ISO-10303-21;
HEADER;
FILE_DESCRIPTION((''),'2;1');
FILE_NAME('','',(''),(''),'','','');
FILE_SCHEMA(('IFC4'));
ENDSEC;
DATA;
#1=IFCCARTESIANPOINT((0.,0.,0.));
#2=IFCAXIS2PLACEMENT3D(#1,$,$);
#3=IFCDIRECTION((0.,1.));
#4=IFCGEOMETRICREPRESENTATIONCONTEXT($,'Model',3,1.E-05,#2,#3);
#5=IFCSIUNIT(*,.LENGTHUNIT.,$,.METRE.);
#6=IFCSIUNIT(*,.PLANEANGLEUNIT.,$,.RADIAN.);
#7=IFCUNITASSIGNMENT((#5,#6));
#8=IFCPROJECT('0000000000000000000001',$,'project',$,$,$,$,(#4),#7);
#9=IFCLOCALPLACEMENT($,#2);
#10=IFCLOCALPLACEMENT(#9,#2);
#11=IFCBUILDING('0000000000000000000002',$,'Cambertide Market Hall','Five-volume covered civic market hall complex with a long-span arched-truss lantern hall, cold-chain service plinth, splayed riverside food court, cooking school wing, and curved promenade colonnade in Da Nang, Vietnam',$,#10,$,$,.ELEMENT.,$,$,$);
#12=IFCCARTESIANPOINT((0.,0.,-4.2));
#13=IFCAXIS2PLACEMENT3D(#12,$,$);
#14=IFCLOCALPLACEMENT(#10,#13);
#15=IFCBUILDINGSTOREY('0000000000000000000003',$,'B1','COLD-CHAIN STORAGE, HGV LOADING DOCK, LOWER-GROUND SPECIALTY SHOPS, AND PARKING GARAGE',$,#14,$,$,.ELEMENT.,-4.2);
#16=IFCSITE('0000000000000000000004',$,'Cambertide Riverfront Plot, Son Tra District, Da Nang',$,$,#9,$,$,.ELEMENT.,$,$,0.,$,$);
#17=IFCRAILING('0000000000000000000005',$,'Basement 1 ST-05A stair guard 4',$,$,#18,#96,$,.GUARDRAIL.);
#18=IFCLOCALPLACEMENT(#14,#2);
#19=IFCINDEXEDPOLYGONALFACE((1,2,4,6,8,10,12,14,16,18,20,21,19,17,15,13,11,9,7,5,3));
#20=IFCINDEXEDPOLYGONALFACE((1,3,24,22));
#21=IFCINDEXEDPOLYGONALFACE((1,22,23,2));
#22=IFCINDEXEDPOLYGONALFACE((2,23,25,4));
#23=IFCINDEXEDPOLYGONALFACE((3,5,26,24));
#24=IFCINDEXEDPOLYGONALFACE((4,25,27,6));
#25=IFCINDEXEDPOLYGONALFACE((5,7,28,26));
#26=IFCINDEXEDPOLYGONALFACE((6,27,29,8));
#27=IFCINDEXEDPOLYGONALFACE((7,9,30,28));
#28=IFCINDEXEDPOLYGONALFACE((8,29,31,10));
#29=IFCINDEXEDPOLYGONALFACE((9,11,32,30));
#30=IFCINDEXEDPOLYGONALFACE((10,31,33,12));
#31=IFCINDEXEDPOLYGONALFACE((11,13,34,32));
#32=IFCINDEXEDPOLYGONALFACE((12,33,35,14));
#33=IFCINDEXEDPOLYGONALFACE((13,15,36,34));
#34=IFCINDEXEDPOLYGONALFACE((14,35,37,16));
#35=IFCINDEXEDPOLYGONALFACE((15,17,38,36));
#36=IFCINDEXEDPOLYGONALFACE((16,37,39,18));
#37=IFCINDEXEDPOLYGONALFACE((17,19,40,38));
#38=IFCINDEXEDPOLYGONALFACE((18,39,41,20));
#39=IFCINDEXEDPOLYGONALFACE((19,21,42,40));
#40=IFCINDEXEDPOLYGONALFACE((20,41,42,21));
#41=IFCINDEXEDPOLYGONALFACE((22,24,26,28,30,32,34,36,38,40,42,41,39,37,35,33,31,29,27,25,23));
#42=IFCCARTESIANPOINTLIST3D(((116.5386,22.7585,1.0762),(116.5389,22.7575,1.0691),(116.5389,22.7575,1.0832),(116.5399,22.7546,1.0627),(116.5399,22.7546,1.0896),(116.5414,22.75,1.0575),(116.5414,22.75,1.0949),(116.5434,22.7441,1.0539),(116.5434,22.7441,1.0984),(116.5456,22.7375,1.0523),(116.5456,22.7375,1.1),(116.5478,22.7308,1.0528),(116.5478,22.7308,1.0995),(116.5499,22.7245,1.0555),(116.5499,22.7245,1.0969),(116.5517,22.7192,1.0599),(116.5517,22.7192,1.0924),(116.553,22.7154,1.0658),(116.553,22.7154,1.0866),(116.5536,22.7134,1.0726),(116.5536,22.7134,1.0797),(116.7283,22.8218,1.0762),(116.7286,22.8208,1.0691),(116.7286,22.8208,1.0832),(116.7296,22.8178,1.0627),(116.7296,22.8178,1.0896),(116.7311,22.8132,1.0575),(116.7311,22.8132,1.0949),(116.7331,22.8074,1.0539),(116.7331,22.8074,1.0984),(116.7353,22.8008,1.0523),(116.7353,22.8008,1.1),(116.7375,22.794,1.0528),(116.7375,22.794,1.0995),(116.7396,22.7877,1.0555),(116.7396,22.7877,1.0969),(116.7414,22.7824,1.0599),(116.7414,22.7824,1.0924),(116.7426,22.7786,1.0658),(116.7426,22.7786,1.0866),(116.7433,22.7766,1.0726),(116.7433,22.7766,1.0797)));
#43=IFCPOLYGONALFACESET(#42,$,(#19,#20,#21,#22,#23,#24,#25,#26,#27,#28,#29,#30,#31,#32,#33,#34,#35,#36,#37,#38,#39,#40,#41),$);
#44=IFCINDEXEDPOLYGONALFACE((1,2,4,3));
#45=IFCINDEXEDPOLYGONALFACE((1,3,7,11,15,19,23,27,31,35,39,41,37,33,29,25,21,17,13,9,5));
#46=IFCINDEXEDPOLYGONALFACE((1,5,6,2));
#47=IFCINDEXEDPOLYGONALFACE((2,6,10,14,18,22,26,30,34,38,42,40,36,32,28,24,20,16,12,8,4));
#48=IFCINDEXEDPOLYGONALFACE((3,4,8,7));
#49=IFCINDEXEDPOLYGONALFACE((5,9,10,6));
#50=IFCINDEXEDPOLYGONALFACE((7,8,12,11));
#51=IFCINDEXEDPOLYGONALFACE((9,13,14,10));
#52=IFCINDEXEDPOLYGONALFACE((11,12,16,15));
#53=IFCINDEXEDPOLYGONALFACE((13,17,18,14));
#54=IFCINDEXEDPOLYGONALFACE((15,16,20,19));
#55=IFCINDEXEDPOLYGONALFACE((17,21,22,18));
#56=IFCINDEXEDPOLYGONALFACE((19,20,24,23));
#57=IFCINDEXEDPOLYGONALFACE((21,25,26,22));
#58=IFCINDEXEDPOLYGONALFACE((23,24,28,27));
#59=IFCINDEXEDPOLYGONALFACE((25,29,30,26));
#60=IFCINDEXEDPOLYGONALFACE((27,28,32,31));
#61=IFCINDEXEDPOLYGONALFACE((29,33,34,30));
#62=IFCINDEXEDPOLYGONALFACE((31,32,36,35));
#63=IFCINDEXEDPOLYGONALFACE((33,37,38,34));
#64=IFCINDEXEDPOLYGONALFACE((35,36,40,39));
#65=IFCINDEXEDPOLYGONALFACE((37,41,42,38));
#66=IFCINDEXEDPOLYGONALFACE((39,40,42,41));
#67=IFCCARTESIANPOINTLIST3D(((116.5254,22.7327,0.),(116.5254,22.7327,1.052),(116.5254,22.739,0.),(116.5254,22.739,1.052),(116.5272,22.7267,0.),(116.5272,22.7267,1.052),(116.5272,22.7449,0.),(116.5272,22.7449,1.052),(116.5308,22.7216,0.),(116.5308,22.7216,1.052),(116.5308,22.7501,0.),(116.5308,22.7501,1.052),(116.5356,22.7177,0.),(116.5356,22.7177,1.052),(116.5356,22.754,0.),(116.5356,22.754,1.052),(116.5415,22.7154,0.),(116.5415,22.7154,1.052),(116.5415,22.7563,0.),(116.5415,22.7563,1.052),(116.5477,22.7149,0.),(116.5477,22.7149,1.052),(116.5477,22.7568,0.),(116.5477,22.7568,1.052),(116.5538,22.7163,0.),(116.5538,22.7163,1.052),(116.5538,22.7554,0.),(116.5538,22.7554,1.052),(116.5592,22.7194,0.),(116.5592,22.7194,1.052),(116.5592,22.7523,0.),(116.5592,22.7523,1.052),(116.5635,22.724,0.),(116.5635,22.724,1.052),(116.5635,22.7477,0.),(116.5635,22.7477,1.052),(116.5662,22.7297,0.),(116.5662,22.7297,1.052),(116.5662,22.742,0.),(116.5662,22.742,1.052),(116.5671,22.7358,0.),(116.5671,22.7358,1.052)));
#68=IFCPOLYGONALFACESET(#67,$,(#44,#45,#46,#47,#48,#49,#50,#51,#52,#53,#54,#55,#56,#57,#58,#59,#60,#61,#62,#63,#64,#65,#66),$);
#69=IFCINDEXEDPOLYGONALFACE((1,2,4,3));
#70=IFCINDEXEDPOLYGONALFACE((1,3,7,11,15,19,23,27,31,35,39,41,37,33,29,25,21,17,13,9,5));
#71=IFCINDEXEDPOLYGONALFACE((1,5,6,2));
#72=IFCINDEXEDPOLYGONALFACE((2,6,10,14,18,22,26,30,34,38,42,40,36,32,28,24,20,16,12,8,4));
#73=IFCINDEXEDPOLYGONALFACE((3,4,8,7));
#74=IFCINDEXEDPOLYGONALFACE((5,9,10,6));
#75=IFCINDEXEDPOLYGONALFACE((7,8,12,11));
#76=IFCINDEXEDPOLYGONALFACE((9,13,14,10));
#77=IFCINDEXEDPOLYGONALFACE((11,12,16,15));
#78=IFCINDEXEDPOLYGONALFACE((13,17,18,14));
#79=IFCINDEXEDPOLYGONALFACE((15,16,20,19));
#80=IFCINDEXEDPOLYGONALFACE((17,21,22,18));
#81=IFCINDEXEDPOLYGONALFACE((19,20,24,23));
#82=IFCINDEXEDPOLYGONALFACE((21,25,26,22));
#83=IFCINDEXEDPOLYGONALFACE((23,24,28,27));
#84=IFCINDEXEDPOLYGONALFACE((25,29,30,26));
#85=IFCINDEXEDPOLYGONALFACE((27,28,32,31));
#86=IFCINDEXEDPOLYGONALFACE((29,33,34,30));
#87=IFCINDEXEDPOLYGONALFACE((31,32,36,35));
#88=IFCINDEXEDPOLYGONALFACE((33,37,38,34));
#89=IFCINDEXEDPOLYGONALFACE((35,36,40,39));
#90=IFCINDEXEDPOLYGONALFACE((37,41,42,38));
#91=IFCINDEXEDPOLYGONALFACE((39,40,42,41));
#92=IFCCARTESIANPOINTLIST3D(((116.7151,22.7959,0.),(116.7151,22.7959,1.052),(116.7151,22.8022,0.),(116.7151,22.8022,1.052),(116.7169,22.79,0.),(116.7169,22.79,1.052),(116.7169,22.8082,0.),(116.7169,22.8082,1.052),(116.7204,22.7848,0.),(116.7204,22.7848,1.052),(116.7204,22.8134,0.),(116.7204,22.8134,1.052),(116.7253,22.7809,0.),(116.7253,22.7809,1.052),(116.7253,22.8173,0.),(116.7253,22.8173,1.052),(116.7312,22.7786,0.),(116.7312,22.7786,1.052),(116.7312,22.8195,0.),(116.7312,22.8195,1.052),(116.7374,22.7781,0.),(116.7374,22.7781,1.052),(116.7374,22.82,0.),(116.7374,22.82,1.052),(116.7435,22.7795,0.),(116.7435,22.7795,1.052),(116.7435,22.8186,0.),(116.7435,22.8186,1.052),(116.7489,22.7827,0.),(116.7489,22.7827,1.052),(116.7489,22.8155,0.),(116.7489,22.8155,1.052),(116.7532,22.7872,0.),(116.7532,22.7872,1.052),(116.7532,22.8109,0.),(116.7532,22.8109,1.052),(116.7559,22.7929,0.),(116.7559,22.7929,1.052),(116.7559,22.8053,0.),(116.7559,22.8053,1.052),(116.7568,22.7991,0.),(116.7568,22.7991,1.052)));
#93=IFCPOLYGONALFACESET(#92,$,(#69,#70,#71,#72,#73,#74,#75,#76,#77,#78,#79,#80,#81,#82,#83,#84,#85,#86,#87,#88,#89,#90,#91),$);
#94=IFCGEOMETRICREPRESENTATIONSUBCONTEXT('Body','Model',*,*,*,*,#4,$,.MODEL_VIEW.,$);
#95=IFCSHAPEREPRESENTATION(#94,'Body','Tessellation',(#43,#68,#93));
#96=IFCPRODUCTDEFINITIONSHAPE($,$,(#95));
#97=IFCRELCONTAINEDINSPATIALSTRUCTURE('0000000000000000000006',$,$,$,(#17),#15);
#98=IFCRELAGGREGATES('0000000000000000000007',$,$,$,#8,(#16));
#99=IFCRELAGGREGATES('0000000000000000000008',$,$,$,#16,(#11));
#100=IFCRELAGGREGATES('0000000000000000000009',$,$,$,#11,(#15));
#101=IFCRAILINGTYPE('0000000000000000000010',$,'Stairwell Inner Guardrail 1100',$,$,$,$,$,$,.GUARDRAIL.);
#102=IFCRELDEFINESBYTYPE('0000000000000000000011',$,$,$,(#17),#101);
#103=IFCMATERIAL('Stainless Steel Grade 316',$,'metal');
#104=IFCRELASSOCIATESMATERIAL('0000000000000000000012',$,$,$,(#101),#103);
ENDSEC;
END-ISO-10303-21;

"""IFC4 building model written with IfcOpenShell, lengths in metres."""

from ifc_helpers import new_model, si_unit, direction, frame, origin, origin_2d, place, context, subcontext, project, spatial, circle, extrude, material, type_object, element, save


model = new_model("IFC4")

# Units and contexts
model_context = context("Model", 3, precision=1e-05, world=origin(), true_north=direction((0.0, 1.0)))
body_context = subcontext(model_context, "Body", "Model", "MODEL_VIEW")
ifc_project = project(units=[si_unit("LENGTHUNIT", "METRE"), si_unit("PLANEANGLEUNIT", "RADIAN")], contexts=[model_context])

# Site, building, storey
site_placement = place(None, origin())
site = spatial("IfcSite", under=ifc_project, at=site_placement, Name="Cambertide Riverfront Plot, Son Tra District, Da Nang", CompositionType="ELEMENT", RefElevation=0.0)
building_placement = place(site_placement, origin())
building = spatial("IfcBuilding", under=site, at=building_placement, Name="Cambertide Market Hall", Description="Five-volume covered civic market hall complex with a long-span arched-truss lantern hall, cold-chain service plinth, splayed riverside food court, cooking school wing, and curved promenade colonnade in Da Nang, Vietnam", CompositionType="ELEMENT")
storey_placement = place(building_placement, frame((0.0, 0.0, -4.2)))
storey = spatial("IfcBuildingStorey", under=building, at=storey_placement, Name="B1", Description="COLD-CHAIN STORAGE, HGV LOADING DOCK, LOWER-GROUND SPECIALTY SHOPS, AND PARKING GARAGE", CompositionType="ELEMENT", Elevation=-4.2)

# Railing
ifc_material_1 = material(Name="Stainless Steel Grade 316", Category="metal")
railing_type_1 = type_object("IfcRailingType", Name="Stairwell Inner Guardrail 1100", PredefinedType="GUARDRAIL", material=ifc_material_1)
railing_1_placement = place(storey_placement, frame((116.5461, 22.7358, 0.0)))
element("IfcRailing", 1, at=railing_1_placement, inside=storey, type_object=railing_type_1, Name="Basement 1 ST-05A stair guard 4", PredefinedType="GUARDRAIL", context=body_context, shape_type="SweptSolid", body=[
    extrude(circle(Radius=0.0239, at=origin_2d()), frame((0.0, 0.0, 1.0762), z_axis=(0.948683, 0.316228, 0.0), x_axis=(-0.316228, 0.948683, 0.0)), (0.0, 0.0, 1.0), 0.2),
    extrude(circle(Radius=0.021, at=origin_2d()), origin(), (0.0, 0.0, 1.0), 1.052),
    extrude(circle(Radius=0.021, at=origin_2d()), frame((0.1897, 0.0632, 0.0)), (0.0, 0.0, 1.0), 1.052),
])

save(model, "model.ifc")
